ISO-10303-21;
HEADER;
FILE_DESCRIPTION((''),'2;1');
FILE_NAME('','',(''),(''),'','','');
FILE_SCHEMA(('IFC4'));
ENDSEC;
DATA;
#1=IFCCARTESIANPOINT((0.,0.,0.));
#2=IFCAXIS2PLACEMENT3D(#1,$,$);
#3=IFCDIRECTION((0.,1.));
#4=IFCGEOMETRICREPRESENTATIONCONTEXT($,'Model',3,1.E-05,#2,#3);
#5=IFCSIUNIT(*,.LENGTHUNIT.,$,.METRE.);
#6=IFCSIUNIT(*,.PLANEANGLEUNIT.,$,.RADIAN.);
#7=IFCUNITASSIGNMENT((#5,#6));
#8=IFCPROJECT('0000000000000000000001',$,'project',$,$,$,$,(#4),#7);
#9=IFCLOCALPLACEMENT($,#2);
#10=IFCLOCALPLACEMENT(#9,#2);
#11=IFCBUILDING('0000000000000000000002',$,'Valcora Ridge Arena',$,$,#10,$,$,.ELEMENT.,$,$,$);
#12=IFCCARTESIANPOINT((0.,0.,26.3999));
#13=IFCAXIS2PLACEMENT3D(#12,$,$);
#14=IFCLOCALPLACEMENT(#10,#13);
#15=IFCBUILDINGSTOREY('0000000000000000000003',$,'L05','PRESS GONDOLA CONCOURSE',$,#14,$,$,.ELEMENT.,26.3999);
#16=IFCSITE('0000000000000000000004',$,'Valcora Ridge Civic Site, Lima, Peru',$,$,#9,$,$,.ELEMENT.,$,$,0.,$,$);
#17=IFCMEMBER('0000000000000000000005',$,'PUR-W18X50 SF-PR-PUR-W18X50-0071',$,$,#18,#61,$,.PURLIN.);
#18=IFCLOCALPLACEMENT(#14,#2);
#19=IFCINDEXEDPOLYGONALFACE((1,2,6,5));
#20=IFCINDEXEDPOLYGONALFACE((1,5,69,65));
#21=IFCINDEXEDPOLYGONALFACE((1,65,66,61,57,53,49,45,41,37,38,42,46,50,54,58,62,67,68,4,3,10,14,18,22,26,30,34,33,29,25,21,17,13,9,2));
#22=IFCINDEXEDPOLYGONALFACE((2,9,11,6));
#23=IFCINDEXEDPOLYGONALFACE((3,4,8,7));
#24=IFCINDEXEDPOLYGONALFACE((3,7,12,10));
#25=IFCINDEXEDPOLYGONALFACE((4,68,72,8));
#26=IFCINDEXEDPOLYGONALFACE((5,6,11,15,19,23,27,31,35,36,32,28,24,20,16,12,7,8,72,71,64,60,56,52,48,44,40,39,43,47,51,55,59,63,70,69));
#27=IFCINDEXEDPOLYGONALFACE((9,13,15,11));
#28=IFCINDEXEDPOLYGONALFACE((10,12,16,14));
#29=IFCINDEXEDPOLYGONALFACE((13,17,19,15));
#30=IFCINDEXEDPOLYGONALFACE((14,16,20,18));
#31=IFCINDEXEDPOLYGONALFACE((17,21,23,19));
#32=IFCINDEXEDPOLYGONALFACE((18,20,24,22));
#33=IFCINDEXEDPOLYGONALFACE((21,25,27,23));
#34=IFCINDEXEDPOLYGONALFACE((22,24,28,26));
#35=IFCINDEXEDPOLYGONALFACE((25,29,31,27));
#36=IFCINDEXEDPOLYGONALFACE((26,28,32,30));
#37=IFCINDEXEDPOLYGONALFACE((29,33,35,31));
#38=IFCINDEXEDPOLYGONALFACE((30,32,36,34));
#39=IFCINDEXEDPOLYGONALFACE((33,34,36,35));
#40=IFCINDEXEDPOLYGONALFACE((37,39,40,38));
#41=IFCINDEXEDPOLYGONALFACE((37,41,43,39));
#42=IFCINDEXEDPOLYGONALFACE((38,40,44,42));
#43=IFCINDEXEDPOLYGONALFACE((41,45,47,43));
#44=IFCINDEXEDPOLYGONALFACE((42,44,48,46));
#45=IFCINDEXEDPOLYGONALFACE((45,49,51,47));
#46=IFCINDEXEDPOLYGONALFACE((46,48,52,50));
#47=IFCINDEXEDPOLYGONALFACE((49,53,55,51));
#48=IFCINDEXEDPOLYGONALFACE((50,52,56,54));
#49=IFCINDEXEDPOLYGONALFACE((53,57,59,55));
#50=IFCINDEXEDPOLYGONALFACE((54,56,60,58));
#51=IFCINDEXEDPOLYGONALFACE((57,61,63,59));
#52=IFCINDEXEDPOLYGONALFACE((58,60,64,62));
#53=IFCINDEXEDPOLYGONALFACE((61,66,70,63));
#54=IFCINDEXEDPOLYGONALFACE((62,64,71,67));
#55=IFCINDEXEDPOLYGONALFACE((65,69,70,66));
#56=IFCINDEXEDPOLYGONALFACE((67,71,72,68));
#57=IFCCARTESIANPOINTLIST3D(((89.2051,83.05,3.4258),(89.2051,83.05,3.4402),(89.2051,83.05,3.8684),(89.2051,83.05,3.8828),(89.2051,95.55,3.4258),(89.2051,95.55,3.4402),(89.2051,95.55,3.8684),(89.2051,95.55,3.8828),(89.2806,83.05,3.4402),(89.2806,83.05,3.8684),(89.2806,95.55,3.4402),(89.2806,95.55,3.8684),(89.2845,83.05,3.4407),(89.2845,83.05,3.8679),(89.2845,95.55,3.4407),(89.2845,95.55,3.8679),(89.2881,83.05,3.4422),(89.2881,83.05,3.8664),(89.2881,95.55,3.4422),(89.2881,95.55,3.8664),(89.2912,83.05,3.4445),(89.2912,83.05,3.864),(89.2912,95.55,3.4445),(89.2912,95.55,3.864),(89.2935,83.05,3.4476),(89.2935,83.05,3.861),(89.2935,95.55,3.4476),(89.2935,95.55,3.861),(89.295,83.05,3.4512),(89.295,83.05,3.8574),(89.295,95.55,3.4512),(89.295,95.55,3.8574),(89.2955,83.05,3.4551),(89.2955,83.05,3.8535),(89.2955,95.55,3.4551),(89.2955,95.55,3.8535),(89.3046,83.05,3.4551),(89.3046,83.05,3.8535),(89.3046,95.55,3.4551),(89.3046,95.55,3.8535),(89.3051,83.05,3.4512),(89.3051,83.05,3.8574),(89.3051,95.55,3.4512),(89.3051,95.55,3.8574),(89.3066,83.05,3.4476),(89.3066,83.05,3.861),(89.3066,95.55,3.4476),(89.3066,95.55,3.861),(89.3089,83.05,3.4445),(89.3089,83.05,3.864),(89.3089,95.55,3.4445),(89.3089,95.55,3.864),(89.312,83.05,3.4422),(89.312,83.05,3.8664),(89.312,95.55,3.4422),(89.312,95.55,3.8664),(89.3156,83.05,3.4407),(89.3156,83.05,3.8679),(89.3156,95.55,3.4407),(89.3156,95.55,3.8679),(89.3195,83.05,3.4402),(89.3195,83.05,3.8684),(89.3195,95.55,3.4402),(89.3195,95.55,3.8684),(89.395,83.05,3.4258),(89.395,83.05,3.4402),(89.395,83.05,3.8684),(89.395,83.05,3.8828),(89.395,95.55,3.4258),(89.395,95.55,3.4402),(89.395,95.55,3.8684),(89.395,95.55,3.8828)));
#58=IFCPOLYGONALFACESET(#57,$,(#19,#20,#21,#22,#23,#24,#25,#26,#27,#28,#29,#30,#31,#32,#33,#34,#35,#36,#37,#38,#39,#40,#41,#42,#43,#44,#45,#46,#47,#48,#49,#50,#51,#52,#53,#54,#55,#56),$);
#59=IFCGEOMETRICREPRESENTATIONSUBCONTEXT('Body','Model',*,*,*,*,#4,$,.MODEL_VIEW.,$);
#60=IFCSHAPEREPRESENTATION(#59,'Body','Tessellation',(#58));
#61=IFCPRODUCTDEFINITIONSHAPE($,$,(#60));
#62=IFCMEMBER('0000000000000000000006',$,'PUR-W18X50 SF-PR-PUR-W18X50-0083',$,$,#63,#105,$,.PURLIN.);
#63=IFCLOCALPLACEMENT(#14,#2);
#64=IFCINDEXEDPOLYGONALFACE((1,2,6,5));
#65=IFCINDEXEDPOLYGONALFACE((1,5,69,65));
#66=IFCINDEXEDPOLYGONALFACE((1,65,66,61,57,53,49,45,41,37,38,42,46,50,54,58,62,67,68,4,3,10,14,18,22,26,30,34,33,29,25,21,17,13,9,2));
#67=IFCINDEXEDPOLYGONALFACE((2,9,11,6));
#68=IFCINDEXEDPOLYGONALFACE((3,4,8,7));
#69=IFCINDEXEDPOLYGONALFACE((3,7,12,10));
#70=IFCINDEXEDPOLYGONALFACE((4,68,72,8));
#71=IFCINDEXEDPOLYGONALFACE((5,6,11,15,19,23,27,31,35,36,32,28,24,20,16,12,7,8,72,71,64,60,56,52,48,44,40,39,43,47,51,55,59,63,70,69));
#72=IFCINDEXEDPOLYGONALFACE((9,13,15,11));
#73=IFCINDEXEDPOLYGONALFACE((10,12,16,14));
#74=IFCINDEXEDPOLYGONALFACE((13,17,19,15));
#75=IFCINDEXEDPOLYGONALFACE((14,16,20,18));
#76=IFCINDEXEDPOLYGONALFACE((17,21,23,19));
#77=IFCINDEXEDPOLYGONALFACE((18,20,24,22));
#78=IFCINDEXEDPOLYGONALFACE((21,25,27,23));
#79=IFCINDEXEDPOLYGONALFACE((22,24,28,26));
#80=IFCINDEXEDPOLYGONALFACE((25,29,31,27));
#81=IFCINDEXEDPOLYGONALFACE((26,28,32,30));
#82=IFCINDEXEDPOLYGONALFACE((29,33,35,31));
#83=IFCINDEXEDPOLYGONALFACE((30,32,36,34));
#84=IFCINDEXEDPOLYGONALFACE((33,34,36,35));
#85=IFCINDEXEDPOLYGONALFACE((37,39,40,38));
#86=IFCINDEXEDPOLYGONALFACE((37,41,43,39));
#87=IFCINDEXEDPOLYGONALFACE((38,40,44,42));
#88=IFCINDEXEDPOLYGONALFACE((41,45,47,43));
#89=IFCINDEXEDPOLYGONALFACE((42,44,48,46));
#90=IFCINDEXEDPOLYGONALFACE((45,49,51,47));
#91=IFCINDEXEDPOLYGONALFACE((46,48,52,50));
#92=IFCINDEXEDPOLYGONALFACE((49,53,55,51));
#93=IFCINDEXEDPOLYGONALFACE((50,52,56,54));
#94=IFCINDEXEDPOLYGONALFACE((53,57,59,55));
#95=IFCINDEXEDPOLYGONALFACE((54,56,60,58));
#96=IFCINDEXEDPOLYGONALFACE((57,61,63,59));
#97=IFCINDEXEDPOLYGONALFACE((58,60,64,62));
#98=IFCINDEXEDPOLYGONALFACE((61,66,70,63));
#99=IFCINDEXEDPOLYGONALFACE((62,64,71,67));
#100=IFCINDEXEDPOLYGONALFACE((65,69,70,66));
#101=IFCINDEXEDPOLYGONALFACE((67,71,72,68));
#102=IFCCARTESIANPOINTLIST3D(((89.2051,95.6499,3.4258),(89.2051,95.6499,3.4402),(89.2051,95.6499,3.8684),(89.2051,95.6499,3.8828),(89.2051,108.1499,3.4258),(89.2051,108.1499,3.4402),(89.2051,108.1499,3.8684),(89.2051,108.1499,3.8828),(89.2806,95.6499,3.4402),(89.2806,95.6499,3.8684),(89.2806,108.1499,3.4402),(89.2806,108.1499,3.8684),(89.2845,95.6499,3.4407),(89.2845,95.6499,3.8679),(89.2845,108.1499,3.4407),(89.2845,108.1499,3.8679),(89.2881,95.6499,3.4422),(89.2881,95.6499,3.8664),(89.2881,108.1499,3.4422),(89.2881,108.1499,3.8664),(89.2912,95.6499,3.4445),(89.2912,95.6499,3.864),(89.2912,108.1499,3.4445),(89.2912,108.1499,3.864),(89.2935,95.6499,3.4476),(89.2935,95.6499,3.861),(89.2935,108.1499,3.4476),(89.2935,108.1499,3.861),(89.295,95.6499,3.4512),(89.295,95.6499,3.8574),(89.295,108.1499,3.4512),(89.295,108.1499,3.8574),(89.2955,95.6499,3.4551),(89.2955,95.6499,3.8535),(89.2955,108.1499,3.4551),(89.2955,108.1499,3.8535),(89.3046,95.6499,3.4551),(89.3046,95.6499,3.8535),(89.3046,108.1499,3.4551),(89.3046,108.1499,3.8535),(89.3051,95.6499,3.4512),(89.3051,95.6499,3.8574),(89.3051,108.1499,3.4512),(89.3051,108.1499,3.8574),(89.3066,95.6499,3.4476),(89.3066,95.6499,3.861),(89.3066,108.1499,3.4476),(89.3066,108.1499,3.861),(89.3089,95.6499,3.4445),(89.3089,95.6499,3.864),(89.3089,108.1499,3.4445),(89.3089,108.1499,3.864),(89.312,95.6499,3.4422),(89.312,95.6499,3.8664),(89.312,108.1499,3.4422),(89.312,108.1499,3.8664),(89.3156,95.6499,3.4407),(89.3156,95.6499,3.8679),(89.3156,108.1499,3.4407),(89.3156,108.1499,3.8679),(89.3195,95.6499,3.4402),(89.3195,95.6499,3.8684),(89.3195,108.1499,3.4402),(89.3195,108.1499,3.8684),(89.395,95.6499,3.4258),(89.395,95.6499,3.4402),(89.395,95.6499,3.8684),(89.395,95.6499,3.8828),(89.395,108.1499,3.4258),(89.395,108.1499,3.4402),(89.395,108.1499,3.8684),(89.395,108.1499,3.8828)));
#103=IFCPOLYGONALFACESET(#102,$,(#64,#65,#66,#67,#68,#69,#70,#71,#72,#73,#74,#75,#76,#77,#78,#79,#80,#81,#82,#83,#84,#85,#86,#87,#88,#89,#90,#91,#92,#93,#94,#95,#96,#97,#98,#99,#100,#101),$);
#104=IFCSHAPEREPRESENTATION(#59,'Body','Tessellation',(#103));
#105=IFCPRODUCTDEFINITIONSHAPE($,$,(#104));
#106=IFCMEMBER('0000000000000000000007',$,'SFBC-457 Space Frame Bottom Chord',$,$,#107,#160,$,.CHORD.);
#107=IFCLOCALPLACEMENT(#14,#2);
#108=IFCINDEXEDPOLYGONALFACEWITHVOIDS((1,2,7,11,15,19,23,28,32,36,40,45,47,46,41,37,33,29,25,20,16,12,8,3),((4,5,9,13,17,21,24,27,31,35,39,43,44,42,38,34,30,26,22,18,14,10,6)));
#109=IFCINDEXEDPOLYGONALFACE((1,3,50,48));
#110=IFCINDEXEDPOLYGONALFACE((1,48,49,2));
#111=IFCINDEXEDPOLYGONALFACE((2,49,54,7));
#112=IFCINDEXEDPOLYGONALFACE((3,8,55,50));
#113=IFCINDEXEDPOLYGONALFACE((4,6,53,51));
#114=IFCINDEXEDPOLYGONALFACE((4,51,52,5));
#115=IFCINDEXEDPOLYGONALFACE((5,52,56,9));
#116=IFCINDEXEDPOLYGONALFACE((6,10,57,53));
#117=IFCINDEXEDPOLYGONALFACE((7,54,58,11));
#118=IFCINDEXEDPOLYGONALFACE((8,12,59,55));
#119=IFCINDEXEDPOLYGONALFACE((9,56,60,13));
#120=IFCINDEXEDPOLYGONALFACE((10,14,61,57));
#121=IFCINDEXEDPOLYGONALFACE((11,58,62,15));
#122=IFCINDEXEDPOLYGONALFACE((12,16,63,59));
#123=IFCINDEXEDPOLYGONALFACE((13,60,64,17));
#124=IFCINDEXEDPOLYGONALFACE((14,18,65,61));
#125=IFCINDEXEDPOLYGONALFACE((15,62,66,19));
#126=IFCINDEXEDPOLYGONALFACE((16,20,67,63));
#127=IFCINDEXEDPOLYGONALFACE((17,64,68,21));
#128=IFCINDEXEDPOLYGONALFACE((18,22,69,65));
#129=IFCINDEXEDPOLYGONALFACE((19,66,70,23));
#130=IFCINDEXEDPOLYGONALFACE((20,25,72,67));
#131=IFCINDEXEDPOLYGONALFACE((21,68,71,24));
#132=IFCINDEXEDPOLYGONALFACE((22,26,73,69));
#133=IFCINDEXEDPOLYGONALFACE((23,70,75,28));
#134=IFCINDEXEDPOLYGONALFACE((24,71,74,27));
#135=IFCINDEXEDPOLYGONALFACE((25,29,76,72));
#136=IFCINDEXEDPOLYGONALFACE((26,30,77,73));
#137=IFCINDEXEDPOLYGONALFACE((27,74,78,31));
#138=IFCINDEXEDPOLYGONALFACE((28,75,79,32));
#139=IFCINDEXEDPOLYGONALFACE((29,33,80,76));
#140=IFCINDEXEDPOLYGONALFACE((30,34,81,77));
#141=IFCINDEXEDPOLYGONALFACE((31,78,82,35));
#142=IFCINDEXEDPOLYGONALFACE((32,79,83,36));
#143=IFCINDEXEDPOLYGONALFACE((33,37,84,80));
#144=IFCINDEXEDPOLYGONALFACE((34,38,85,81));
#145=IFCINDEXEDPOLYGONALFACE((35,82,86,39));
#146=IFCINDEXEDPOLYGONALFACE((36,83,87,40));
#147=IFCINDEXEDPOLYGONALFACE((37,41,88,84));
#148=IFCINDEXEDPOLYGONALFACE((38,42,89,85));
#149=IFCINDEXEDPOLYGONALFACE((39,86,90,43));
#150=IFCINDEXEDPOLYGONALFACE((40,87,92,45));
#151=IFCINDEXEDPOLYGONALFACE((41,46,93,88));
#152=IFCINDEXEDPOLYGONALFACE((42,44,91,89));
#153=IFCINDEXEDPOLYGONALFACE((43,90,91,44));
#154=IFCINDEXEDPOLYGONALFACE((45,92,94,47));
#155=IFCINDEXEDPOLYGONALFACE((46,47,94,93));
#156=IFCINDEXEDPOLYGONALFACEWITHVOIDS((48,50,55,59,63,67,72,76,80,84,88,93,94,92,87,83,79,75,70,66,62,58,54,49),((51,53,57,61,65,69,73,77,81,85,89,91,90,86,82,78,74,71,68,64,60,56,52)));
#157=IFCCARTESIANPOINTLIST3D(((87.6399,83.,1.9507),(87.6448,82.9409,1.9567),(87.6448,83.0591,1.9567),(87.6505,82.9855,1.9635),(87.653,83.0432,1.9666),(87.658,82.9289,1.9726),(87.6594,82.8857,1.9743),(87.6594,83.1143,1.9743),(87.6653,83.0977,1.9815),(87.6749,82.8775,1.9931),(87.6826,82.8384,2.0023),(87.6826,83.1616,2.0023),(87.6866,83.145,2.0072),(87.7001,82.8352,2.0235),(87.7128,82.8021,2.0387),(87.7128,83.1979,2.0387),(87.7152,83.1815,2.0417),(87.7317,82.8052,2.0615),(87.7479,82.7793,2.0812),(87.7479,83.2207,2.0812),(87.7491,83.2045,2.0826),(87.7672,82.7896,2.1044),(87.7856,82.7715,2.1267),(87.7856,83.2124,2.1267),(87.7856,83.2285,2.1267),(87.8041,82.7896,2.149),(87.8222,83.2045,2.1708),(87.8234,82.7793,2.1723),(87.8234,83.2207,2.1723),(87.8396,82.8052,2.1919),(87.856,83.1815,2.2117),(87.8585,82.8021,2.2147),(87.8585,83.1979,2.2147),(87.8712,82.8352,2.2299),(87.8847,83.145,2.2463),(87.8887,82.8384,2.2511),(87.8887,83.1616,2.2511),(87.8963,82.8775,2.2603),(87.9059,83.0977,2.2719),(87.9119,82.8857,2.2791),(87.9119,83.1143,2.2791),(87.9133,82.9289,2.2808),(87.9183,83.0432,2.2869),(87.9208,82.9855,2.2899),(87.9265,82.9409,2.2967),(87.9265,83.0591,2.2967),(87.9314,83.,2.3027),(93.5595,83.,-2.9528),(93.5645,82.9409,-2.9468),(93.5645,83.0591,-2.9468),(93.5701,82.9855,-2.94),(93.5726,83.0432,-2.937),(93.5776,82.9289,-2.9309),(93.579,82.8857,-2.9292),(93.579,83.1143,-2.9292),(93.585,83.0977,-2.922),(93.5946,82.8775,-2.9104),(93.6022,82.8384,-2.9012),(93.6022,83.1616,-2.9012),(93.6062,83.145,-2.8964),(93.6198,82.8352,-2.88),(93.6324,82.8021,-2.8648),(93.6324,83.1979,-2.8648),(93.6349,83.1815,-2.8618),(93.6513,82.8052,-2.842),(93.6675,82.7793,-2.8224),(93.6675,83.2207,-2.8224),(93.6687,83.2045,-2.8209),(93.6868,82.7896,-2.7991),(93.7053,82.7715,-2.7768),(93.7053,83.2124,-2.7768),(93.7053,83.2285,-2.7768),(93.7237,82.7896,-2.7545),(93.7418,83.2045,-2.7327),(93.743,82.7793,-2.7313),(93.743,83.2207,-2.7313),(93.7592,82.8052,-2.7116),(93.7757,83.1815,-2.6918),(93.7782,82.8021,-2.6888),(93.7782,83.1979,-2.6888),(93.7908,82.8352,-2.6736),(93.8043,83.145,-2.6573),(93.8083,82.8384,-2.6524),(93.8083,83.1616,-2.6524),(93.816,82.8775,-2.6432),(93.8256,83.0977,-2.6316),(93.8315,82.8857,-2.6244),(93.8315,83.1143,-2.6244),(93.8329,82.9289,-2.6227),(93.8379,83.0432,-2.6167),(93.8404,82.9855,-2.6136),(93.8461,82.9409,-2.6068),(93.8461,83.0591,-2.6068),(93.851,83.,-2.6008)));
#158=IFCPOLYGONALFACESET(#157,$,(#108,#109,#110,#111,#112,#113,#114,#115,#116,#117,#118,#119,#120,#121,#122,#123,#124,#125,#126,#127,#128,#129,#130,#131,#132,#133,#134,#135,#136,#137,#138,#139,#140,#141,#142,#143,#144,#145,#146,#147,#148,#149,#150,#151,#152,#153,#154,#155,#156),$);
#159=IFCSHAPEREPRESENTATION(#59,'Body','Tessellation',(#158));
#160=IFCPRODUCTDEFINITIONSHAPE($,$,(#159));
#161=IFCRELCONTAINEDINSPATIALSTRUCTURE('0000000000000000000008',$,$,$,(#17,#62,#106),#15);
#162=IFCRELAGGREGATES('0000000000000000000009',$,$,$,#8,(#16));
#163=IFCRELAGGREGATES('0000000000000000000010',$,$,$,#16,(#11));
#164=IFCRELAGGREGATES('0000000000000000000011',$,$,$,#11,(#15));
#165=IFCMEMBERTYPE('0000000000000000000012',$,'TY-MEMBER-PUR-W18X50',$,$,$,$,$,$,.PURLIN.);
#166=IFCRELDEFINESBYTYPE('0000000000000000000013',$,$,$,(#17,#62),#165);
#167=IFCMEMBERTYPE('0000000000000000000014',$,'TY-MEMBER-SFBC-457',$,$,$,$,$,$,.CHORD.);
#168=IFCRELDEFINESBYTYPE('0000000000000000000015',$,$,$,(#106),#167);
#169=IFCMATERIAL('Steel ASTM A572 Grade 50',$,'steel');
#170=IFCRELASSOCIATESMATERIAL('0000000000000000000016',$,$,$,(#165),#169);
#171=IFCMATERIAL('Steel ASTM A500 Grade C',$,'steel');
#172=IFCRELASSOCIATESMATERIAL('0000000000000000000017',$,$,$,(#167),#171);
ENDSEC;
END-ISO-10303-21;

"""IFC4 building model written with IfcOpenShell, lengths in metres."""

from ifc_helpers import new_model, si_unit, direction, frame, origin, origin_2d, place, context, subcontext, project, spatial, hollow_circle, i_section, extrude, material, material_profile, profile_set, type_object, element, save


model = new_model("IFC4")

# Units and contexts
model_context = context("Model", 3, precision=1e-05, world=origin(), true_north=direction((0.0, 1.0)))
body_context = subcontext(model_context, "Body", "Model", "MODEL_VIEW")
ifc_project = project(units=[si_unit("LENGTHUNIT", "METRE"), si_unit("PLANEANGLEUNIT", "RADIAN")], contexts=[model_context])

# Site, building, storey
site_placement = place(None, origin())
site = spatial("IfcSite", under=ifc_project, at=site_placement, Name="Valcora Ridge Civic Site, Lima, Peru", CompositionType="ELEMENT", RefElevation=0.0)
building_placement = place(site_placement, origin())
building = spatial("IfcBuilding", under=site, at=building_placement, Name="Valcora Ridge Arena", CompositionType="ELEMENT")
storey_placement = place(building_placement, frame((0.0, 0.0, 26.3999)))
storey = spatial("IfcBuildingStorey", under=building, at=storey_placement, Name="L05", Description="PRESS GONDOLA CONCOURSE", CompositionType="ELEMENT", Elevation=26.3999)

# Members
ifc_material_1 = material(Name="Steel ASTM A572 Grade 50", Category="steel")
ifc_material_profile_1 = material_profile(ifc_material_1, i_section(OverallWidth=0.1899, OverallDepth=0.457, WebThickness=0.009, FlangeThickness=0.0144, FilletRadius=0.0149, at=origin_2d()), Name="W18X50")
ifc_profile_set_1 = profile_set([ifc_material_profile_1], Name="Steel ASTM A572 Grade 50")
member_type_1 = type_object("IfcMemberType", Name="TY-MEMBER-PUR-W18X50", PredefinedType="PURLIN", material=ifc_profile_set_1)
for number, where, z_axis, x_axis, name in (
    (1, (89.3, 83.05, 3.6543), (0.0, 1.0, 0.0), (-1.0, 0.0, 0.0), "PUR-W18X50 SF-PR-PUR-W18X50-0071"),
    (2, (89.3, 95.6499, 3.6543), (0.0, 1.0, 0.0), (-1.0, 0.0, 0.0), "PUR-W18X50 SF-PR-PUR-W18X50-0083"),
):
    element("IfcMember", number, at=place(storey_placement, frame(where, z_axis=z_axis, x_axis=x_axis)), inside=storey, type_object=member_type_1, Name=name, PredefinedType="PURLIN", context=body_context, shape_type="SweptSolid", body=[
        extrude(i_section(OverallWidth=0.1899, OverallDepth=0.457, WebThickness=0.009, FlangeThickness=0.0144, FilletRadius=0.0149, at=origin_2d()), origin(), (0.0, 0.0, 1.0), 12.5),
    ])
ifc_material_2 = material(Name="Steel ASTM A500 Grade C", Category="steel")
ifc_material_profile_2 = material_profile(ifc_material_2, hollow_circle(Radius=0.2285, WallThickness=0.0161, at=origin_2d()), Name="CHS457X16")
ifc_profile_set_2 = profile_set([ifc_material_profile_2], Name="Steel ASTM A500 Grade C")
member_type_2 = type_object("IfcMemberType", Name="TY-MEMBER-SFBC-457", PredefinedType="CHORD", material=ifc_profile_set_2)
for number, where, z_axis, x_axis, name in (
    (3, (87.7856, 83.0, 2.1267), (0.770105, 0.0, -0.637917), (0.0, 1.0, 0.0), "SFBC-457 Space Frame Bottom Chord"),
):
    element("IfcMember", number, at=place(storey_placement, frame(where, z_axis=z_axis, x_axis=x_axis)), inside=storey, type_object=member_type_2, Name=name, PredefinedType="CHORD", context=body_context, shape_type="SweptSolid", body=[
        extrude(hollow_circle(Radius=0.2285, WallThickness=0.0161, at=origin_2d()), origin(), (0.0, 0.0, 1.0), 7.6868),
    ])

save(model, "model.ifc")
